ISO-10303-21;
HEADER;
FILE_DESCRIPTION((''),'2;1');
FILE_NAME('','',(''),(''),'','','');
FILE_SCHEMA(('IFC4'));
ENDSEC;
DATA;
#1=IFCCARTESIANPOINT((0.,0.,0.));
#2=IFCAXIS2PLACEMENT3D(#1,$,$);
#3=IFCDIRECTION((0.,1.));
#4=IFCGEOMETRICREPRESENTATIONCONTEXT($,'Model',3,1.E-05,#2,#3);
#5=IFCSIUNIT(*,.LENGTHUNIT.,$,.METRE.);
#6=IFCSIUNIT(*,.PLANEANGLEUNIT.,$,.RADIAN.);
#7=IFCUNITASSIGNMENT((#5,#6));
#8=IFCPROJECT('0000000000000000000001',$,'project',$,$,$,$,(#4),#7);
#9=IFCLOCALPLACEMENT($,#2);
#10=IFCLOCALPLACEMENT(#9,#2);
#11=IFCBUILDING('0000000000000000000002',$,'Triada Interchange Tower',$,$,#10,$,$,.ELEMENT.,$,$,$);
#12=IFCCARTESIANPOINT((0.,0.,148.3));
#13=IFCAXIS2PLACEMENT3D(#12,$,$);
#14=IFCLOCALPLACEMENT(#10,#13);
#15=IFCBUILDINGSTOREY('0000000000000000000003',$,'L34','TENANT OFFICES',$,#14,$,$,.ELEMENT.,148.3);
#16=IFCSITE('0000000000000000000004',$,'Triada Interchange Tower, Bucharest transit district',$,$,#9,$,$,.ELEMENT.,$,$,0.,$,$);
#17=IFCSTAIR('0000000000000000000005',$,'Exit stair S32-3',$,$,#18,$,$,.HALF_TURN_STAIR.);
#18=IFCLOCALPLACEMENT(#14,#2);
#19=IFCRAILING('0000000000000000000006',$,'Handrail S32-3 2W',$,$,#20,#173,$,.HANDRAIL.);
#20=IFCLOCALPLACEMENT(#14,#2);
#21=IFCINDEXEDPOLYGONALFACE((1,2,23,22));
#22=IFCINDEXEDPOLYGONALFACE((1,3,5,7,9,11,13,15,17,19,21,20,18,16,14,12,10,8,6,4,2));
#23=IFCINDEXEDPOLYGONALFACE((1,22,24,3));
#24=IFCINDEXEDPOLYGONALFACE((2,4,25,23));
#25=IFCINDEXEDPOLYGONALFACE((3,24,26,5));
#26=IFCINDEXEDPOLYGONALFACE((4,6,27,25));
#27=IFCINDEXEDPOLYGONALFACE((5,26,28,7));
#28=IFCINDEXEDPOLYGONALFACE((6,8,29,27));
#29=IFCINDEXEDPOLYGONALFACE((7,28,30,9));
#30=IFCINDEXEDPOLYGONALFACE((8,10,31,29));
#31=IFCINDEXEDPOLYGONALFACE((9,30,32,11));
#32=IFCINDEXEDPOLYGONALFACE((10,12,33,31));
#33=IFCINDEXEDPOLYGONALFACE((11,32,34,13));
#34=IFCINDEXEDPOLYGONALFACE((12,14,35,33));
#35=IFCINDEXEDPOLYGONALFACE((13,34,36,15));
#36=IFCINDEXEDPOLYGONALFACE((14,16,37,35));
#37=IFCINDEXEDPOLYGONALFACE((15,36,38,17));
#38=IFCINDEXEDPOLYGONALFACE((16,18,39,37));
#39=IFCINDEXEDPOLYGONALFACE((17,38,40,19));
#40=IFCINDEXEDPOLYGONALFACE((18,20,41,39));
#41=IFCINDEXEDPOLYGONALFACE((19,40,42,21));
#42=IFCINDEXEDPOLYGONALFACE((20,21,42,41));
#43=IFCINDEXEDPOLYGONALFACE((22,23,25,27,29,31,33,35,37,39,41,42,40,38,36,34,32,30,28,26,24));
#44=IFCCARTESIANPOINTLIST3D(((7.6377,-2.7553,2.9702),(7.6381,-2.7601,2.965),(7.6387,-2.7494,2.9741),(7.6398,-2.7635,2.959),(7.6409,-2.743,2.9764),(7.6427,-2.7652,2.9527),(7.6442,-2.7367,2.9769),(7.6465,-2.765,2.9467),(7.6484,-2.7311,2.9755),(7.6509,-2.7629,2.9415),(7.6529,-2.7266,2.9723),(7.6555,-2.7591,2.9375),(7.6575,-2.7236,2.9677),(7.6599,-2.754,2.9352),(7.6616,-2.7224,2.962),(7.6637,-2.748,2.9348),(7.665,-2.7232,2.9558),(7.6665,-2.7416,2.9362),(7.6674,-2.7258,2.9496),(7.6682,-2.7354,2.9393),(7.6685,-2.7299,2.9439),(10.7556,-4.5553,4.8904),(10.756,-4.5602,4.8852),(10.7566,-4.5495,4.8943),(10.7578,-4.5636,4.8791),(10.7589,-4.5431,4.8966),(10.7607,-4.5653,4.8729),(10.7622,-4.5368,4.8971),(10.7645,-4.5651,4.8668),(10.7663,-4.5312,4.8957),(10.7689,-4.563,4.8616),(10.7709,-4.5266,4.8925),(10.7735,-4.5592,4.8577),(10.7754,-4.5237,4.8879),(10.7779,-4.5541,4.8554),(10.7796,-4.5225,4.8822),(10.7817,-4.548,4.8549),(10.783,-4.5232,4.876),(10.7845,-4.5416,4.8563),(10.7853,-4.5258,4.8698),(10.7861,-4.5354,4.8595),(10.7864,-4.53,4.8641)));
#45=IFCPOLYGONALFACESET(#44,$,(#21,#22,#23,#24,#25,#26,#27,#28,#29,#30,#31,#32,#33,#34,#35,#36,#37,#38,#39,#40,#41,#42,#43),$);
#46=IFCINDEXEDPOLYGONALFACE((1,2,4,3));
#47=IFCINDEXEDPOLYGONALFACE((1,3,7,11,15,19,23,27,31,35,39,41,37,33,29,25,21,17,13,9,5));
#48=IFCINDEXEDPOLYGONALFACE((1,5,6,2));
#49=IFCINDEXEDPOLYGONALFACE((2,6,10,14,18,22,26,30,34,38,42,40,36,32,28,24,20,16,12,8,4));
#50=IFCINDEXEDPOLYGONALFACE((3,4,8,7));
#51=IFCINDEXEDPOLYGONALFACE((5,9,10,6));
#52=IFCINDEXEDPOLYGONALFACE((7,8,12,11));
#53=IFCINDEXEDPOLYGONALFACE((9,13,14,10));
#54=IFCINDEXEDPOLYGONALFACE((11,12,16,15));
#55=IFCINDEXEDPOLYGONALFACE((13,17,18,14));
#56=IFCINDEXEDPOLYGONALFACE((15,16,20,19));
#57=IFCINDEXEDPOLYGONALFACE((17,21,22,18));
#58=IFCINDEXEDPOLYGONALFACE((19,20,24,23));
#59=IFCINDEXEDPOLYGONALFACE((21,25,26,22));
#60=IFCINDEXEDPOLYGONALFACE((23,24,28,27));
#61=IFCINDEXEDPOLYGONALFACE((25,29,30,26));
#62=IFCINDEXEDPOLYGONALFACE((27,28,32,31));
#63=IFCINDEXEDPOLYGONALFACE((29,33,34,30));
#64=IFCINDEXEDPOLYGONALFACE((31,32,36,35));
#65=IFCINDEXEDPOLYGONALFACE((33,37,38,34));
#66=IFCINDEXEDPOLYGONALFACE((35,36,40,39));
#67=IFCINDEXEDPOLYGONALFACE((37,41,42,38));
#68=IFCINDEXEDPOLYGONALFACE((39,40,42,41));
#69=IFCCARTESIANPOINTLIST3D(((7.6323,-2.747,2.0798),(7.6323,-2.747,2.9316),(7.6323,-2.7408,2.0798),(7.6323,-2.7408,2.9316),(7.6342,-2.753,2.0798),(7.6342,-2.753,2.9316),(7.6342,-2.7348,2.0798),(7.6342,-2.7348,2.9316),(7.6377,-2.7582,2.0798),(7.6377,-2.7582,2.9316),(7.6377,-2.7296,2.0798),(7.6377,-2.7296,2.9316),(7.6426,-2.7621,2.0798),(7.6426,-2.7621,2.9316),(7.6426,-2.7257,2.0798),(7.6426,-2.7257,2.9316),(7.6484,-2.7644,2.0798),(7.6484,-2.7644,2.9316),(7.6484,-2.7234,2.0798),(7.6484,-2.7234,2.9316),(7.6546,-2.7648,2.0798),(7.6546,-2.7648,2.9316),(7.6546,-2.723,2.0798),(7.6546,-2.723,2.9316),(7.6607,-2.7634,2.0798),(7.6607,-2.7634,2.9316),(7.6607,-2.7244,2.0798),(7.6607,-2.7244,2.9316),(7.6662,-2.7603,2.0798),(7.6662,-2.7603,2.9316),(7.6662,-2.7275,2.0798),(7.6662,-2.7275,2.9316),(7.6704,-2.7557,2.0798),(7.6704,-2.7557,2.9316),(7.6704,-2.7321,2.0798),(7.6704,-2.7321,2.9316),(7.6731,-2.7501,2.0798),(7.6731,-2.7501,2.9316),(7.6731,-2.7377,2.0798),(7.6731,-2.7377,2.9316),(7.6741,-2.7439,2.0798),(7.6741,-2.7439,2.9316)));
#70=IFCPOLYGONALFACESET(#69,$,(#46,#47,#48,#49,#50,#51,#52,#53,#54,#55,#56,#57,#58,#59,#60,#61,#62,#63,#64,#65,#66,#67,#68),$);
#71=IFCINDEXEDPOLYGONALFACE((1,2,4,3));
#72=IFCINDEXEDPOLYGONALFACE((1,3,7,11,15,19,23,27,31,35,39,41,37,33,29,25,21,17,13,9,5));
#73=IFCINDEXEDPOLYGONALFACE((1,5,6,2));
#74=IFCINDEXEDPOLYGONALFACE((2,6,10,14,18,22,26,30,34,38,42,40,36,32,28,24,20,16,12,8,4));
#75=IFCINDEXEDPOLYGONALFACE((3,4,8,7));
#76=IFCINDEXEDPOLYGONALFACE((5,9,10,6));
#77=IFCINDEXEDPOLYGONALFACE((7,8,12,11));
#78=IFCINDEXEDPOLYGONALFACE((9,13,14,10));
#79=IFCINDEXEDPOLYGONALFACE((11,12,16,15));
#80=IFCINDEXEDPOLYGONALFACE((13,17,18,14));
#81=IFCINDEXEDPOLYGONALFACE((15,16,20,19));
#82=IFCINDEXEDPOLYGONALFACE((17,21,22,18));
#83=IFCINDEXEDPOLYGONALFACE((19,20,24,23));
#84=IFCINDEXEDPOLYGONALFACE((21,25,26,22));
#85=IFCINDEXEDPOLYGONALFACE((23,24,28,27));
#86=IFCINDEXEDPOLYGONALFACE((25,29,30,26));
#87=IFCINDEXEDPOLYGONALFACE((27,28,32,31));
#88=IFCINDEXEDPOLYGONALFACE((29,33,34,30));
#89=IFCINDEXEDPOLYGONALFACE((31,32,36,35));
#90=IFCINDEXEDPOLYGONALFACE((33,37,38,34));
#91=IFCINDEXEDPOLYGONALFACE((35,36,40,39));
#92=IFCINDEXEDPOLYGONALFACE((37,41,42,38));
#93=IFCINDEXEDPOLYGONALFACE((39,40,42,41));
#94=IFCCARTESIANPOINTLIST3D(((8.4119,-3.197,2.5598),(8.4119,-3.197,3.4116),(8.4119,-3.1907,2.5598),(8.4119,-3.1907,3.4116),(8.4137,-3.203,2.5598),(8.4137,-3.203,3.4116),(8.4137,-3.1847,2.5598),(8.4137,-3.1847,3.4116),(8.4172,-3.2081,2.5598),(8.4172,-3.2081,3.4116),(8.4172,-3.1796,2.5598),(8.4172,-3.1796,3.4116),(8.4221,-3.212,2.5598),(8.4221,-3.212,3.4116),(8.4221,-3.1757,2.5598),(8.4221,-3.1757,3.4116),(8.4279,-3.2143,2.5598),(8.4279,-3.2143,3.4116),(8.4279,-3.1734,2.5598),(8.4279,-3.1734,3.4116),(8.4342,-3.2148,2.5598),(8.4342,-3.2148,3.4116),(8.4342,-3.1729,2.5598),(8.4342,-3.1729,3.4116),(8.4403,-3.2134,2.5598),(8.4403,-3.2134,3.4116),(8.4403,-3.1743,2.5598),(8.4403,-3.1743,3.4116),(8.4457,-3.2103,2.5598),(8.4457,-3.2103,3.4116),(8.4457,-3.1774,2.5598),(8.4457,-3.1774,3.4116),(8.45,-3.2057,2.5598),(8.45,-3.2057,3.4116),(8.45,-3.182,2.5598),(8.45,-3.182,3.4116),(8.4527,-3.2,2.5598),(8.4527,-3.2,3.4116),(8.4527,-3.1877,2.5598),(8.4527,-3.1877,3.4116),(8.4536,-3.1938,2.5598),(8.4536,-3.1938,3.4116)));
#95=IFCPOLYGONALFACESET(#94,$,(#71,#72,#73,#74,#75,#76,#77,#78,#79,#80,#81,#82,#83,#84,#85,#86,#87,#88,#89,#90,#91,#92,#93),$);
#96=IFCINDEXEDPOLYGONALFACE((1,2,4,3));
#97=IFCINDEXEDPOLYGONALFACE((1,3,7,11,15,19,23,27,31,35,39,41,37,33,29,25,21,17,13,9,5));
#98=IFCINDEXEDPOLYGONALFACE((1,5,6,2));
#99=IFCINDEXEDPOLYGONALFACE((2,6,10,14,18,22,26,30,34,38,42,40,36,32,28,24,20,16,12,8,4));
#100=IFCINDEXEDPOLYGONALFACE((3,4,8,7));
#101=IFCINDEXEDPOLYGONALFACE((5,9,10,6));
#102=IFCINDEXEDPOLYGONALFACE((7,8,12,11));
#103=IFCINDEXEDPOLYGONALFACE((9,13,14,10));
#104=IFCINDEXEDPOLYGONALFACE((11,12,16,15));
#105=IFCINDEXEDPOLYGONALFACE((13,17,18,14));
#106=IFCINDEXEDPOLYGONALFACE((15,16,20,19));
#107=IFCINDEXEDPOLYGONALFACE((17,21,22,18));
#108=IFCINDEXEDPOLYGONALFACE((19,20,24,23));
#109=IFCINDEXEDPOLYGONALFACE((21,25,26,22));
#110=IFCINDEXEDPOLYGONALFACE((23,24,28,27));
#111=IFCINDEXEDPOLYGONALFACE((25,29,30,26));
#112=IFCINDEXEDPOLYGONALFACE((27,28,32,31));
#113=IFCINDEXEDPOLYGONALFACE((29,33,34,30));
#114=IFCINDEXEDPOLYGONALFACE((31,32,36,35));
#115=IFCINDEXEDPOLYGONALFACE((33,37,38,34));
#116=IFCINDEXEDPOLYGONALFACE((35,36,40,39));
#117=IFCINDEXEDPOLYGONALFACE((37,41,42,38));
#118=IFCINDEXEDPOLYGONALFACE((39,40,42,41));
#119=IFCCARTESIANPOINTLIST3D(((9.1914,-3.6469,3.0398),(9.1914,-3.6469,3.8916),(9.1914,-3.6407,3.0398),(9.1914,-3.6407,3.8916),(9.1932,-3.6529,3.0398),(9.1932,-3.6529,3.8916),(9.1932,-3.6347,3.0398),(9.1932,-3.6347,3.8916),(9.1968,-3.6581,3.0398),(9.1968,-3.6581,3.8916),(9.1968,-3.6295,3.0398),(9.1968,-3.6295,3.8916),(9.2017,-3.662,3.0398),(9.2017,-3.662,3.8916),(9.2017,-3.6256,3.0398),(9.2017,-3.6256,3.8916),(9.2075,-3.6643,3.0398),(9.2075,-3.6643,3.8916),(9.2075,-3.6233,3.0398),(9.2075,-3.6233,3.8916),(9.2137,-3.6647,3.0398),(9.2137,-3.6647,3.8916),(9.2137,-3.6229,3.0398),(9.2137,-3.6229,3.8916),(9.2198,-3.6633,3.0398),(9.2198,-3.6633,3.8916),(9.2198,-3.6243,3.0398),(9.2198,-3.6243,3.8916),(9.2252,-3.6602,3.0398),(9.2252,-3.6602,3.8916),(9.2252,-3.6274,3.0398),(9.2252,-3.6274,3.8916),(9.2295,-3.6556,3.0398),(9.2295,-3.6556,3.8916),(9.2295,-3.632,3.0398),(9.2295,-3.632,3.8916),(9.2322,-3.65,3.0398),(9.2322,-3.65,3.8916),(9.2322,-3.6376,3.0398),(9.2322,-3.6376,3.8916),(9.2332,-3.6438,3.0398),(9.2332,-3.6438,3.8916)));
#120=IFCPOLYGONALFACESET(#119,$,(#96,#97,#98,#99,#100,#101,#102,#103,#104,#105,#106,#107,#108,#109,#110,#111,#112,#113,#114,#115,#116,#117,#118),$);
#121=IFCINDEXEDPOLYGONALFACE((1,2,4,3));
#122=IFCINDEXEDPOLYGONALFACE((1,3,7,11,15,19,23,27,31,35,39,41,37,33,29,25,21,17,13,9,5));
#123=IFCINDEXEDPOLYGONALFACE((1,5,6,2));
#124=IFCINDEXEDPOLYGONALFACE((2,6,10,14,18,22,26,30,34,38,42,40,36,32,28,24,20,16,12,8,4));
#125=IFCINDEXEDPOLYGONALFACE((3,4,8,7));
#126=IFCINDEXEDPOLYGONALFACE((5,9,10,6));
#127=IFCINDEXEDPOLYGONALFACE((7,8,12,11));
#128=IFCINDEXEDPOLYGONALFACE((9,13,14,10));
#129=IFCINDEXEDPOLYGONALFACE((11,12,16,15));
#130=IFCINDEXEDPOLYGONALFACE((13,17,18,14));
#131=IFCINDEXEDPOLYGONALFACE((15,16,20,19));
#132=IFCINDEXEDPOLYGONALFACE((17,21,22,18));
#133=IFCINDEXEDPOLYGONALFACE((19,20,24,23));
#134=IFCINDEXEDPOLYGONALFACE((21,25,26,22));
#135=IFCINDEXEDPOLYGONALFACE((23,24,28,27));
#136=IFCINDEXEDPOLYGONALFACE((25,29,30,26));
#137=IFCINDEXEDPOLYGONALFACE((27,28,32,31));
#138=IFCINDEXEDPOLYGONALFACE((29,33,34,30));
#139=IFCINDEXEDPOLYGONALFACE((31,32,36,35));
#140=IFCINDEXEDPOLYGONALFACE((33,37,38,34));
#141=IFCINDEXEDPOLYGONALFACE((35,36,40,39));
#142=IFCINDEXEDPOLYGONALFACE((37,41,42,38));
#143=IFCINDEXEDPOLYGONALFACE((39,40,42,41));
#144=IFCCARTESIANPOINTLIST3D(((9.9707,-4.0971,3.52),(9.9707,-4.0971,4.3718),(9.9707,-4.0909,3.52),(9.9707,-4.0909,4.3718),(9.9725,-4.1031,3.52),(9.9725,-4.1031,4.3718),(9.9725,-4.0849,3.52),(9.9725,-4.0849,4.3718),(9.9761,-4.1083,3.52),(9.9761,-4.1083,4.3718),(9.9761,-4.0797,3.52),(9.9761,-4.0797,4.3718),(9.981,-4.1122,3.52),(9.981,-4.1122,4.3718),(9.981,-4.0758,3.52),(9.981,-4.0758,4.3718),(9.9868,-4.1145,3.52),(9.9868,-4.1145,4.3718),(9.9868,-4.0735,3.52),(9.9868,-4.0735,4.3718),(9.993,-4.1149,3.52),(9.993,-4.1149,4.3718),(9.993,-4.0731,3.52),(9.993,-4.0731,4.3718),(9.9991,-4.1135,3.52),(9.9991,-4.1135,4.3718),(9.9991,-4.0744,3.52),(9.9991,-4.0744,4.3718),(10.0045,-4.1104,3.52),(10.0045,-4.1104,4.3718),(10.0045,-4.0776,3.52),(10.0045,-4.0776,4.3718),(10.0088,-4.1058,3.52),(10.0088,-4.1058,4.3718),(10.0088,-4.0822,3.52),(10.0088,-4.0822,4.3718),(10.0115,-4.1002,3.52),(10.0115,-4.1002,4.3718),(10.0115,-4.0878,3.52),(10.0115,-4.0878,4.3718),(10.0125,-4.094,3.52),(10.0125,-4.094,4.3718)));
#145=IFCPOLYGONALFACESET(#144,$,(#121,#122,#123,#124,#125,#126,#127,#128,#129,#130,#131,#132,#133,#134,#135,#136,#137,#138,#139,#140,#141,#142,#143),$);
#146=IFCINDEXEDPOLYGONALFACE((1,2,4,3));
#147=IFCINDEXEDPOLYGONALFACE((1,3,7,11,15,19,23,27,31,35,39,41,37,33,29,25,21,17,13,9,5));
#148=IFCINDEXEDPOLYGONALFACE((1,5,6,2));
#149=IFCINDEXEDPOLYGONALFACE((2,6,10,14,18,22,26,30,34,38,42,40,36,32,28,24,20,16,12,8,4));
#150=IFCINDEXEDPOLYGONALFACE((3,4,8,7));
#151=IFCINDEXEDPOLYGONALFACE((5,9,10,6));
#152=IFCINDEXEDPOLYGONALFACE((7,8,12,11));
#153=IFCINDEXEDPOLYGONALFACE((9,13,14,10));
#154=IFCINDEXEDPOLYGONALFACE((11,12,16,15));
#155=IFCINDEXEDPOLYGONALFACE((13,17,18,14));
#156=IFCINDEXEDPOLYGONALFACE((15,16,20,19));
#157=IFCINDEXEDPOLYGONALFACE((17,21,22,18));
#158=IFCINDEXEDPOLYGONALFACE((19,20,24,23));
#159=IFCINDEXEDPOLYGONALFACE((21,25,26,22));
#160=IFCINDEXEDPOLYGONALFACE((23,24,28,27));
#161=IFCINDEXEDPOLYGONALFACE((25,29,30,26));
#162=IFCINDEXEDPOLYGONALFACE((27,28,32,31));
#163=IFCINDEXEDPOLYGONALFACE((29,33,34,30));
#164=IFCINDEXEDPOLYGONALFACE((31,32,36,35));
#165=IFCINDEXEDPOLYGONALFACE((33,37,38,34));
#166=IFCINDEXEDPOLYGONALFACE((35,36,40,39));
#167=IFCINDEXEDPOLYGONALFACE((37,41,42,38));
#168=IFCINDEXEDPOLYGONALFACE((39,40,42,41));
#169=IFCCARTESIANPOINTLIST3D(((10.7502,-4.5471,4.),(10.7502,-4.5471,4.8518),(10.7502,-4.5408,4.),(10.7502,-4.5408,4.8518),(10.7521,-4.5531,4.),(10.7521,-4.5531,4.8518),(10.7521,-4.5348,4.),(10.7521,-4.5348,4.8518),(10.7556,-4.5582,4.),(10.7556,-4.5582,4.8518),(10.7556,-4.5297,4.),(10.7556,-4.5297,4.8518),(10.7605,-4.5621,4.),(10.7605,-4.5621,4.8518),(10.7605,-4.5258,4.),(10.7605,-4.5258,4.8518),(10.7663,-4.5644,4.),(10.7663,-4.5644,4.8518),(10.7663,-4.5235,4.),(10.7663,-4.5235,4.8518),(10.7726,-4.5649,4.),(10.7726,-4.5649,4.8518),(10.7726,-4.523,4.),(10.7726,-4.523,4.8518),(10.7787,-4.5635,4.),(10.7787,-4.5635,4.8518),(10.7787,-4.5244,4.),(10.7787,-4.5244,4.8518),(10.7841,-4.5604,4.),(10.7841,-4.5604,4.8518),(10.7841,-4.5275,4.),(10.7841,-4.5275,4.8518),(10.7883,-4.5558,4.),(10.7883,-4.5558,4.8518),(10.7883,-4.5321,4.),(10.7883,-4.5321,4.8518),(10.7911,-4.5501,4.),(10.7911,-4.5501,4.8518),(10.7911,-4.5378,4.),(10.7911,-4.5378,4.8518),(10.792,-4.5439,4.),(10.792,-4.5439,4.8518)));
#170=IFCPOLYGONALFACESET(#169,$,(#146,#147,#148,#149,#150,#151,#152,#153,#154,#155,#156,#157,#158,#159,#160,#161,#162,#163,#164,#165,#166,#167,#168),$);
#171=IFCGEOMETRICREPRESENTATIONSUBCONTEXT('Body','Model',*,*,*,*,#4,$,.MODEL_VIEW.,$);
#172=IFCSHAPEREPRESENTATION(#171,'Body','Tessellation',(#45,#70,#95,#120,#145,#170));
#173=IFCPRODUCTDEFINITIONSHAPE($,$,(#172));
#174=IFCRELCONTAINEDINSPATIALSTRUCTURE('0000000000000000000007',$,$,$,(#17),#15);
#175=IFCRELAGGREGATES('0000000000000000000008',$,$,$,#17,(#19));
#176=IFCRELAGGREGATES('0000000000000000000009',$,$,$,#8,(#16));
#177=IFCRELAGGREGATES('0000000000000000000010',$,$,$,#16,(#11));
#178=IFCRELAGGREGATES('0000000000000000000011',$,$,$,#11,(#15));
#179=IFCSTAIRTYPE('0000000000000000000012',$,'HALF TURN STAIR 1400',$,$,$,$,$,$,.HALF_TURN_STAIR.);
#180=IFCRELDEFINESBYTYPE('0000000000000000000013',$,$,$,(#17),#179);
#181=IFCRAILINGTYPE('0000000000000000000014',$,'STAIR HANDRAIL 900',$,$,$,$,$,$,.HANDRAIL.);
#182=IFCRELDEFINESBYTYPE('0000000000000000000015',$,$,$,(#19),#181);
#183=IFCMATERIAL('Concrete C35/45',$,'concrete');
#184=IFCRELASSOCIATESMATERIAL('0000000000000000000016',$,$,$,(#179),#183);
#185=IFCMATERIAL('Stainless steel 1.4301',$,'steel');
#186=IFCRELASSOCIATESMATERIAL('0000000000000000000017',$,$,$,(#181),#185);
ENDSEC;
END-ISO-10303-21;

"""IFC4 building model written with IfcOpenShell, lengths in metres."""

from ifc_helpers import new_model, si_unit, direction, frame, origin, origin_2d, place, context, subcontext, project, spatial, circle, extrude, material, type_object, element, aggregate, save


model = new_model("IFC4")

# Units and contexts
model_context = context("Model", 3, precision=1e-05, world=origin(), true_north=direction((0.0, 1.0)))
body_context = subcontext(model_context, "Body", "Model", "MODEL_VIEW")
ifc_project = project(units=[si_unit("LENGTHUNIT", "METRE"), si_unit("PLANEANGLEUNIT", "RADIAN")], contexts=[model_context])

# Site, building, storey
site_placement = place(None, origin())
site = spatial("IfcSite", under=ifc_project, at=site_placement, Name="Triada Interchange Tower, Bucharest transit district", CompositionType="ELEMENT", RefElevation=0.0)
building_placement = place(site_placement, origin())
building = spatial("IfcBuilding", under=site, at=building_placement, Name="Triada Interchange Tower", CompositionType="ELEMENT")
storey_placement = place(building_placement, frame((0.0, 0.0, 148.3)))
storey = spatial("IfcBuildingStorey", under=building, at=storey_placement, Name="L34", Description="TENANT OFFICES", CompositionType="ELEMENT", Elevation=148.3)

# Stair
ifc_material_1 = material(Name="Concrete C35/45", Category="concrete")
stair_type = type_object("IfcStairType", Name="HALF TURN STAIR 1400", PredefinedType="HALF_TURN_STAIR", material=ifc_material_1)
stair_placement = place(storey_placement, origin())
stair = element("IfcStair", 1, at=stair_placement, inside=storey, type_object=stair_type, Name="Exit stair S32-3", PredefinedType="HALF_TURN_STAIR")

# Railing
ifc_material_2 = material(Name="Stainless steel 1.4301", Category="steel")
railing_type = type_object("IfcRailingType", Name="STAIR HANDRAIL 900", PredefinedType="HANDRAIL", material=ifc_material_2)
railing_1_placement = place(storey_placement, frame((7.6531, -2.7439, 2.0798)))
railing_1 = element("IfcRailing", 2, at=railing_1_placement, type_object=railing_type, Name="Handrail S32-3 2W", PredefinedType="HANDRAIL", context=body_context, shape_type="SweptSolid", body=[
    extrude(circle(Radius=0.0239, at=origin_2d()), frame((0.0, 0.0, 0.876), z_axis=(0.764145, -0.441159, 0.470597), x_axis=(0.499983, 0.866035, 0.0)), (0.0, 0.0, 1.0), 4.0803),
    extrude(circle(Radius=0.021, at=origin_2d()), origin(), (0.0, 0.0, 1.0), 0.8518),
    extrude(circle(Radius=0.021, at=origin_2d()), frame((0.7795, -0.45, 0.48)), (0.0, 0.0, 1.0), 0.8518),
    extrude(circle(Radius=0.021, at=origin_2d()), frame((1.5591, -0.8999, 0.96)), (0.0, 0.0, 1.0), 0.8518),
    extrude(circle(Radius=0.021, at=origin_2d()), frame((2.3384, -1.3501, 1.4402)), (0.0, 0.0, 1.0), 0.8518),
    extrude(circle(Radius=0.021, at=origin_2d()), frame((3.1179, -1.8, 1.9202)), (0.0, 0.0, 1.0), 0.8518),
])
aggregate(stair, [railing_1])

save(model, "model.ifc")
